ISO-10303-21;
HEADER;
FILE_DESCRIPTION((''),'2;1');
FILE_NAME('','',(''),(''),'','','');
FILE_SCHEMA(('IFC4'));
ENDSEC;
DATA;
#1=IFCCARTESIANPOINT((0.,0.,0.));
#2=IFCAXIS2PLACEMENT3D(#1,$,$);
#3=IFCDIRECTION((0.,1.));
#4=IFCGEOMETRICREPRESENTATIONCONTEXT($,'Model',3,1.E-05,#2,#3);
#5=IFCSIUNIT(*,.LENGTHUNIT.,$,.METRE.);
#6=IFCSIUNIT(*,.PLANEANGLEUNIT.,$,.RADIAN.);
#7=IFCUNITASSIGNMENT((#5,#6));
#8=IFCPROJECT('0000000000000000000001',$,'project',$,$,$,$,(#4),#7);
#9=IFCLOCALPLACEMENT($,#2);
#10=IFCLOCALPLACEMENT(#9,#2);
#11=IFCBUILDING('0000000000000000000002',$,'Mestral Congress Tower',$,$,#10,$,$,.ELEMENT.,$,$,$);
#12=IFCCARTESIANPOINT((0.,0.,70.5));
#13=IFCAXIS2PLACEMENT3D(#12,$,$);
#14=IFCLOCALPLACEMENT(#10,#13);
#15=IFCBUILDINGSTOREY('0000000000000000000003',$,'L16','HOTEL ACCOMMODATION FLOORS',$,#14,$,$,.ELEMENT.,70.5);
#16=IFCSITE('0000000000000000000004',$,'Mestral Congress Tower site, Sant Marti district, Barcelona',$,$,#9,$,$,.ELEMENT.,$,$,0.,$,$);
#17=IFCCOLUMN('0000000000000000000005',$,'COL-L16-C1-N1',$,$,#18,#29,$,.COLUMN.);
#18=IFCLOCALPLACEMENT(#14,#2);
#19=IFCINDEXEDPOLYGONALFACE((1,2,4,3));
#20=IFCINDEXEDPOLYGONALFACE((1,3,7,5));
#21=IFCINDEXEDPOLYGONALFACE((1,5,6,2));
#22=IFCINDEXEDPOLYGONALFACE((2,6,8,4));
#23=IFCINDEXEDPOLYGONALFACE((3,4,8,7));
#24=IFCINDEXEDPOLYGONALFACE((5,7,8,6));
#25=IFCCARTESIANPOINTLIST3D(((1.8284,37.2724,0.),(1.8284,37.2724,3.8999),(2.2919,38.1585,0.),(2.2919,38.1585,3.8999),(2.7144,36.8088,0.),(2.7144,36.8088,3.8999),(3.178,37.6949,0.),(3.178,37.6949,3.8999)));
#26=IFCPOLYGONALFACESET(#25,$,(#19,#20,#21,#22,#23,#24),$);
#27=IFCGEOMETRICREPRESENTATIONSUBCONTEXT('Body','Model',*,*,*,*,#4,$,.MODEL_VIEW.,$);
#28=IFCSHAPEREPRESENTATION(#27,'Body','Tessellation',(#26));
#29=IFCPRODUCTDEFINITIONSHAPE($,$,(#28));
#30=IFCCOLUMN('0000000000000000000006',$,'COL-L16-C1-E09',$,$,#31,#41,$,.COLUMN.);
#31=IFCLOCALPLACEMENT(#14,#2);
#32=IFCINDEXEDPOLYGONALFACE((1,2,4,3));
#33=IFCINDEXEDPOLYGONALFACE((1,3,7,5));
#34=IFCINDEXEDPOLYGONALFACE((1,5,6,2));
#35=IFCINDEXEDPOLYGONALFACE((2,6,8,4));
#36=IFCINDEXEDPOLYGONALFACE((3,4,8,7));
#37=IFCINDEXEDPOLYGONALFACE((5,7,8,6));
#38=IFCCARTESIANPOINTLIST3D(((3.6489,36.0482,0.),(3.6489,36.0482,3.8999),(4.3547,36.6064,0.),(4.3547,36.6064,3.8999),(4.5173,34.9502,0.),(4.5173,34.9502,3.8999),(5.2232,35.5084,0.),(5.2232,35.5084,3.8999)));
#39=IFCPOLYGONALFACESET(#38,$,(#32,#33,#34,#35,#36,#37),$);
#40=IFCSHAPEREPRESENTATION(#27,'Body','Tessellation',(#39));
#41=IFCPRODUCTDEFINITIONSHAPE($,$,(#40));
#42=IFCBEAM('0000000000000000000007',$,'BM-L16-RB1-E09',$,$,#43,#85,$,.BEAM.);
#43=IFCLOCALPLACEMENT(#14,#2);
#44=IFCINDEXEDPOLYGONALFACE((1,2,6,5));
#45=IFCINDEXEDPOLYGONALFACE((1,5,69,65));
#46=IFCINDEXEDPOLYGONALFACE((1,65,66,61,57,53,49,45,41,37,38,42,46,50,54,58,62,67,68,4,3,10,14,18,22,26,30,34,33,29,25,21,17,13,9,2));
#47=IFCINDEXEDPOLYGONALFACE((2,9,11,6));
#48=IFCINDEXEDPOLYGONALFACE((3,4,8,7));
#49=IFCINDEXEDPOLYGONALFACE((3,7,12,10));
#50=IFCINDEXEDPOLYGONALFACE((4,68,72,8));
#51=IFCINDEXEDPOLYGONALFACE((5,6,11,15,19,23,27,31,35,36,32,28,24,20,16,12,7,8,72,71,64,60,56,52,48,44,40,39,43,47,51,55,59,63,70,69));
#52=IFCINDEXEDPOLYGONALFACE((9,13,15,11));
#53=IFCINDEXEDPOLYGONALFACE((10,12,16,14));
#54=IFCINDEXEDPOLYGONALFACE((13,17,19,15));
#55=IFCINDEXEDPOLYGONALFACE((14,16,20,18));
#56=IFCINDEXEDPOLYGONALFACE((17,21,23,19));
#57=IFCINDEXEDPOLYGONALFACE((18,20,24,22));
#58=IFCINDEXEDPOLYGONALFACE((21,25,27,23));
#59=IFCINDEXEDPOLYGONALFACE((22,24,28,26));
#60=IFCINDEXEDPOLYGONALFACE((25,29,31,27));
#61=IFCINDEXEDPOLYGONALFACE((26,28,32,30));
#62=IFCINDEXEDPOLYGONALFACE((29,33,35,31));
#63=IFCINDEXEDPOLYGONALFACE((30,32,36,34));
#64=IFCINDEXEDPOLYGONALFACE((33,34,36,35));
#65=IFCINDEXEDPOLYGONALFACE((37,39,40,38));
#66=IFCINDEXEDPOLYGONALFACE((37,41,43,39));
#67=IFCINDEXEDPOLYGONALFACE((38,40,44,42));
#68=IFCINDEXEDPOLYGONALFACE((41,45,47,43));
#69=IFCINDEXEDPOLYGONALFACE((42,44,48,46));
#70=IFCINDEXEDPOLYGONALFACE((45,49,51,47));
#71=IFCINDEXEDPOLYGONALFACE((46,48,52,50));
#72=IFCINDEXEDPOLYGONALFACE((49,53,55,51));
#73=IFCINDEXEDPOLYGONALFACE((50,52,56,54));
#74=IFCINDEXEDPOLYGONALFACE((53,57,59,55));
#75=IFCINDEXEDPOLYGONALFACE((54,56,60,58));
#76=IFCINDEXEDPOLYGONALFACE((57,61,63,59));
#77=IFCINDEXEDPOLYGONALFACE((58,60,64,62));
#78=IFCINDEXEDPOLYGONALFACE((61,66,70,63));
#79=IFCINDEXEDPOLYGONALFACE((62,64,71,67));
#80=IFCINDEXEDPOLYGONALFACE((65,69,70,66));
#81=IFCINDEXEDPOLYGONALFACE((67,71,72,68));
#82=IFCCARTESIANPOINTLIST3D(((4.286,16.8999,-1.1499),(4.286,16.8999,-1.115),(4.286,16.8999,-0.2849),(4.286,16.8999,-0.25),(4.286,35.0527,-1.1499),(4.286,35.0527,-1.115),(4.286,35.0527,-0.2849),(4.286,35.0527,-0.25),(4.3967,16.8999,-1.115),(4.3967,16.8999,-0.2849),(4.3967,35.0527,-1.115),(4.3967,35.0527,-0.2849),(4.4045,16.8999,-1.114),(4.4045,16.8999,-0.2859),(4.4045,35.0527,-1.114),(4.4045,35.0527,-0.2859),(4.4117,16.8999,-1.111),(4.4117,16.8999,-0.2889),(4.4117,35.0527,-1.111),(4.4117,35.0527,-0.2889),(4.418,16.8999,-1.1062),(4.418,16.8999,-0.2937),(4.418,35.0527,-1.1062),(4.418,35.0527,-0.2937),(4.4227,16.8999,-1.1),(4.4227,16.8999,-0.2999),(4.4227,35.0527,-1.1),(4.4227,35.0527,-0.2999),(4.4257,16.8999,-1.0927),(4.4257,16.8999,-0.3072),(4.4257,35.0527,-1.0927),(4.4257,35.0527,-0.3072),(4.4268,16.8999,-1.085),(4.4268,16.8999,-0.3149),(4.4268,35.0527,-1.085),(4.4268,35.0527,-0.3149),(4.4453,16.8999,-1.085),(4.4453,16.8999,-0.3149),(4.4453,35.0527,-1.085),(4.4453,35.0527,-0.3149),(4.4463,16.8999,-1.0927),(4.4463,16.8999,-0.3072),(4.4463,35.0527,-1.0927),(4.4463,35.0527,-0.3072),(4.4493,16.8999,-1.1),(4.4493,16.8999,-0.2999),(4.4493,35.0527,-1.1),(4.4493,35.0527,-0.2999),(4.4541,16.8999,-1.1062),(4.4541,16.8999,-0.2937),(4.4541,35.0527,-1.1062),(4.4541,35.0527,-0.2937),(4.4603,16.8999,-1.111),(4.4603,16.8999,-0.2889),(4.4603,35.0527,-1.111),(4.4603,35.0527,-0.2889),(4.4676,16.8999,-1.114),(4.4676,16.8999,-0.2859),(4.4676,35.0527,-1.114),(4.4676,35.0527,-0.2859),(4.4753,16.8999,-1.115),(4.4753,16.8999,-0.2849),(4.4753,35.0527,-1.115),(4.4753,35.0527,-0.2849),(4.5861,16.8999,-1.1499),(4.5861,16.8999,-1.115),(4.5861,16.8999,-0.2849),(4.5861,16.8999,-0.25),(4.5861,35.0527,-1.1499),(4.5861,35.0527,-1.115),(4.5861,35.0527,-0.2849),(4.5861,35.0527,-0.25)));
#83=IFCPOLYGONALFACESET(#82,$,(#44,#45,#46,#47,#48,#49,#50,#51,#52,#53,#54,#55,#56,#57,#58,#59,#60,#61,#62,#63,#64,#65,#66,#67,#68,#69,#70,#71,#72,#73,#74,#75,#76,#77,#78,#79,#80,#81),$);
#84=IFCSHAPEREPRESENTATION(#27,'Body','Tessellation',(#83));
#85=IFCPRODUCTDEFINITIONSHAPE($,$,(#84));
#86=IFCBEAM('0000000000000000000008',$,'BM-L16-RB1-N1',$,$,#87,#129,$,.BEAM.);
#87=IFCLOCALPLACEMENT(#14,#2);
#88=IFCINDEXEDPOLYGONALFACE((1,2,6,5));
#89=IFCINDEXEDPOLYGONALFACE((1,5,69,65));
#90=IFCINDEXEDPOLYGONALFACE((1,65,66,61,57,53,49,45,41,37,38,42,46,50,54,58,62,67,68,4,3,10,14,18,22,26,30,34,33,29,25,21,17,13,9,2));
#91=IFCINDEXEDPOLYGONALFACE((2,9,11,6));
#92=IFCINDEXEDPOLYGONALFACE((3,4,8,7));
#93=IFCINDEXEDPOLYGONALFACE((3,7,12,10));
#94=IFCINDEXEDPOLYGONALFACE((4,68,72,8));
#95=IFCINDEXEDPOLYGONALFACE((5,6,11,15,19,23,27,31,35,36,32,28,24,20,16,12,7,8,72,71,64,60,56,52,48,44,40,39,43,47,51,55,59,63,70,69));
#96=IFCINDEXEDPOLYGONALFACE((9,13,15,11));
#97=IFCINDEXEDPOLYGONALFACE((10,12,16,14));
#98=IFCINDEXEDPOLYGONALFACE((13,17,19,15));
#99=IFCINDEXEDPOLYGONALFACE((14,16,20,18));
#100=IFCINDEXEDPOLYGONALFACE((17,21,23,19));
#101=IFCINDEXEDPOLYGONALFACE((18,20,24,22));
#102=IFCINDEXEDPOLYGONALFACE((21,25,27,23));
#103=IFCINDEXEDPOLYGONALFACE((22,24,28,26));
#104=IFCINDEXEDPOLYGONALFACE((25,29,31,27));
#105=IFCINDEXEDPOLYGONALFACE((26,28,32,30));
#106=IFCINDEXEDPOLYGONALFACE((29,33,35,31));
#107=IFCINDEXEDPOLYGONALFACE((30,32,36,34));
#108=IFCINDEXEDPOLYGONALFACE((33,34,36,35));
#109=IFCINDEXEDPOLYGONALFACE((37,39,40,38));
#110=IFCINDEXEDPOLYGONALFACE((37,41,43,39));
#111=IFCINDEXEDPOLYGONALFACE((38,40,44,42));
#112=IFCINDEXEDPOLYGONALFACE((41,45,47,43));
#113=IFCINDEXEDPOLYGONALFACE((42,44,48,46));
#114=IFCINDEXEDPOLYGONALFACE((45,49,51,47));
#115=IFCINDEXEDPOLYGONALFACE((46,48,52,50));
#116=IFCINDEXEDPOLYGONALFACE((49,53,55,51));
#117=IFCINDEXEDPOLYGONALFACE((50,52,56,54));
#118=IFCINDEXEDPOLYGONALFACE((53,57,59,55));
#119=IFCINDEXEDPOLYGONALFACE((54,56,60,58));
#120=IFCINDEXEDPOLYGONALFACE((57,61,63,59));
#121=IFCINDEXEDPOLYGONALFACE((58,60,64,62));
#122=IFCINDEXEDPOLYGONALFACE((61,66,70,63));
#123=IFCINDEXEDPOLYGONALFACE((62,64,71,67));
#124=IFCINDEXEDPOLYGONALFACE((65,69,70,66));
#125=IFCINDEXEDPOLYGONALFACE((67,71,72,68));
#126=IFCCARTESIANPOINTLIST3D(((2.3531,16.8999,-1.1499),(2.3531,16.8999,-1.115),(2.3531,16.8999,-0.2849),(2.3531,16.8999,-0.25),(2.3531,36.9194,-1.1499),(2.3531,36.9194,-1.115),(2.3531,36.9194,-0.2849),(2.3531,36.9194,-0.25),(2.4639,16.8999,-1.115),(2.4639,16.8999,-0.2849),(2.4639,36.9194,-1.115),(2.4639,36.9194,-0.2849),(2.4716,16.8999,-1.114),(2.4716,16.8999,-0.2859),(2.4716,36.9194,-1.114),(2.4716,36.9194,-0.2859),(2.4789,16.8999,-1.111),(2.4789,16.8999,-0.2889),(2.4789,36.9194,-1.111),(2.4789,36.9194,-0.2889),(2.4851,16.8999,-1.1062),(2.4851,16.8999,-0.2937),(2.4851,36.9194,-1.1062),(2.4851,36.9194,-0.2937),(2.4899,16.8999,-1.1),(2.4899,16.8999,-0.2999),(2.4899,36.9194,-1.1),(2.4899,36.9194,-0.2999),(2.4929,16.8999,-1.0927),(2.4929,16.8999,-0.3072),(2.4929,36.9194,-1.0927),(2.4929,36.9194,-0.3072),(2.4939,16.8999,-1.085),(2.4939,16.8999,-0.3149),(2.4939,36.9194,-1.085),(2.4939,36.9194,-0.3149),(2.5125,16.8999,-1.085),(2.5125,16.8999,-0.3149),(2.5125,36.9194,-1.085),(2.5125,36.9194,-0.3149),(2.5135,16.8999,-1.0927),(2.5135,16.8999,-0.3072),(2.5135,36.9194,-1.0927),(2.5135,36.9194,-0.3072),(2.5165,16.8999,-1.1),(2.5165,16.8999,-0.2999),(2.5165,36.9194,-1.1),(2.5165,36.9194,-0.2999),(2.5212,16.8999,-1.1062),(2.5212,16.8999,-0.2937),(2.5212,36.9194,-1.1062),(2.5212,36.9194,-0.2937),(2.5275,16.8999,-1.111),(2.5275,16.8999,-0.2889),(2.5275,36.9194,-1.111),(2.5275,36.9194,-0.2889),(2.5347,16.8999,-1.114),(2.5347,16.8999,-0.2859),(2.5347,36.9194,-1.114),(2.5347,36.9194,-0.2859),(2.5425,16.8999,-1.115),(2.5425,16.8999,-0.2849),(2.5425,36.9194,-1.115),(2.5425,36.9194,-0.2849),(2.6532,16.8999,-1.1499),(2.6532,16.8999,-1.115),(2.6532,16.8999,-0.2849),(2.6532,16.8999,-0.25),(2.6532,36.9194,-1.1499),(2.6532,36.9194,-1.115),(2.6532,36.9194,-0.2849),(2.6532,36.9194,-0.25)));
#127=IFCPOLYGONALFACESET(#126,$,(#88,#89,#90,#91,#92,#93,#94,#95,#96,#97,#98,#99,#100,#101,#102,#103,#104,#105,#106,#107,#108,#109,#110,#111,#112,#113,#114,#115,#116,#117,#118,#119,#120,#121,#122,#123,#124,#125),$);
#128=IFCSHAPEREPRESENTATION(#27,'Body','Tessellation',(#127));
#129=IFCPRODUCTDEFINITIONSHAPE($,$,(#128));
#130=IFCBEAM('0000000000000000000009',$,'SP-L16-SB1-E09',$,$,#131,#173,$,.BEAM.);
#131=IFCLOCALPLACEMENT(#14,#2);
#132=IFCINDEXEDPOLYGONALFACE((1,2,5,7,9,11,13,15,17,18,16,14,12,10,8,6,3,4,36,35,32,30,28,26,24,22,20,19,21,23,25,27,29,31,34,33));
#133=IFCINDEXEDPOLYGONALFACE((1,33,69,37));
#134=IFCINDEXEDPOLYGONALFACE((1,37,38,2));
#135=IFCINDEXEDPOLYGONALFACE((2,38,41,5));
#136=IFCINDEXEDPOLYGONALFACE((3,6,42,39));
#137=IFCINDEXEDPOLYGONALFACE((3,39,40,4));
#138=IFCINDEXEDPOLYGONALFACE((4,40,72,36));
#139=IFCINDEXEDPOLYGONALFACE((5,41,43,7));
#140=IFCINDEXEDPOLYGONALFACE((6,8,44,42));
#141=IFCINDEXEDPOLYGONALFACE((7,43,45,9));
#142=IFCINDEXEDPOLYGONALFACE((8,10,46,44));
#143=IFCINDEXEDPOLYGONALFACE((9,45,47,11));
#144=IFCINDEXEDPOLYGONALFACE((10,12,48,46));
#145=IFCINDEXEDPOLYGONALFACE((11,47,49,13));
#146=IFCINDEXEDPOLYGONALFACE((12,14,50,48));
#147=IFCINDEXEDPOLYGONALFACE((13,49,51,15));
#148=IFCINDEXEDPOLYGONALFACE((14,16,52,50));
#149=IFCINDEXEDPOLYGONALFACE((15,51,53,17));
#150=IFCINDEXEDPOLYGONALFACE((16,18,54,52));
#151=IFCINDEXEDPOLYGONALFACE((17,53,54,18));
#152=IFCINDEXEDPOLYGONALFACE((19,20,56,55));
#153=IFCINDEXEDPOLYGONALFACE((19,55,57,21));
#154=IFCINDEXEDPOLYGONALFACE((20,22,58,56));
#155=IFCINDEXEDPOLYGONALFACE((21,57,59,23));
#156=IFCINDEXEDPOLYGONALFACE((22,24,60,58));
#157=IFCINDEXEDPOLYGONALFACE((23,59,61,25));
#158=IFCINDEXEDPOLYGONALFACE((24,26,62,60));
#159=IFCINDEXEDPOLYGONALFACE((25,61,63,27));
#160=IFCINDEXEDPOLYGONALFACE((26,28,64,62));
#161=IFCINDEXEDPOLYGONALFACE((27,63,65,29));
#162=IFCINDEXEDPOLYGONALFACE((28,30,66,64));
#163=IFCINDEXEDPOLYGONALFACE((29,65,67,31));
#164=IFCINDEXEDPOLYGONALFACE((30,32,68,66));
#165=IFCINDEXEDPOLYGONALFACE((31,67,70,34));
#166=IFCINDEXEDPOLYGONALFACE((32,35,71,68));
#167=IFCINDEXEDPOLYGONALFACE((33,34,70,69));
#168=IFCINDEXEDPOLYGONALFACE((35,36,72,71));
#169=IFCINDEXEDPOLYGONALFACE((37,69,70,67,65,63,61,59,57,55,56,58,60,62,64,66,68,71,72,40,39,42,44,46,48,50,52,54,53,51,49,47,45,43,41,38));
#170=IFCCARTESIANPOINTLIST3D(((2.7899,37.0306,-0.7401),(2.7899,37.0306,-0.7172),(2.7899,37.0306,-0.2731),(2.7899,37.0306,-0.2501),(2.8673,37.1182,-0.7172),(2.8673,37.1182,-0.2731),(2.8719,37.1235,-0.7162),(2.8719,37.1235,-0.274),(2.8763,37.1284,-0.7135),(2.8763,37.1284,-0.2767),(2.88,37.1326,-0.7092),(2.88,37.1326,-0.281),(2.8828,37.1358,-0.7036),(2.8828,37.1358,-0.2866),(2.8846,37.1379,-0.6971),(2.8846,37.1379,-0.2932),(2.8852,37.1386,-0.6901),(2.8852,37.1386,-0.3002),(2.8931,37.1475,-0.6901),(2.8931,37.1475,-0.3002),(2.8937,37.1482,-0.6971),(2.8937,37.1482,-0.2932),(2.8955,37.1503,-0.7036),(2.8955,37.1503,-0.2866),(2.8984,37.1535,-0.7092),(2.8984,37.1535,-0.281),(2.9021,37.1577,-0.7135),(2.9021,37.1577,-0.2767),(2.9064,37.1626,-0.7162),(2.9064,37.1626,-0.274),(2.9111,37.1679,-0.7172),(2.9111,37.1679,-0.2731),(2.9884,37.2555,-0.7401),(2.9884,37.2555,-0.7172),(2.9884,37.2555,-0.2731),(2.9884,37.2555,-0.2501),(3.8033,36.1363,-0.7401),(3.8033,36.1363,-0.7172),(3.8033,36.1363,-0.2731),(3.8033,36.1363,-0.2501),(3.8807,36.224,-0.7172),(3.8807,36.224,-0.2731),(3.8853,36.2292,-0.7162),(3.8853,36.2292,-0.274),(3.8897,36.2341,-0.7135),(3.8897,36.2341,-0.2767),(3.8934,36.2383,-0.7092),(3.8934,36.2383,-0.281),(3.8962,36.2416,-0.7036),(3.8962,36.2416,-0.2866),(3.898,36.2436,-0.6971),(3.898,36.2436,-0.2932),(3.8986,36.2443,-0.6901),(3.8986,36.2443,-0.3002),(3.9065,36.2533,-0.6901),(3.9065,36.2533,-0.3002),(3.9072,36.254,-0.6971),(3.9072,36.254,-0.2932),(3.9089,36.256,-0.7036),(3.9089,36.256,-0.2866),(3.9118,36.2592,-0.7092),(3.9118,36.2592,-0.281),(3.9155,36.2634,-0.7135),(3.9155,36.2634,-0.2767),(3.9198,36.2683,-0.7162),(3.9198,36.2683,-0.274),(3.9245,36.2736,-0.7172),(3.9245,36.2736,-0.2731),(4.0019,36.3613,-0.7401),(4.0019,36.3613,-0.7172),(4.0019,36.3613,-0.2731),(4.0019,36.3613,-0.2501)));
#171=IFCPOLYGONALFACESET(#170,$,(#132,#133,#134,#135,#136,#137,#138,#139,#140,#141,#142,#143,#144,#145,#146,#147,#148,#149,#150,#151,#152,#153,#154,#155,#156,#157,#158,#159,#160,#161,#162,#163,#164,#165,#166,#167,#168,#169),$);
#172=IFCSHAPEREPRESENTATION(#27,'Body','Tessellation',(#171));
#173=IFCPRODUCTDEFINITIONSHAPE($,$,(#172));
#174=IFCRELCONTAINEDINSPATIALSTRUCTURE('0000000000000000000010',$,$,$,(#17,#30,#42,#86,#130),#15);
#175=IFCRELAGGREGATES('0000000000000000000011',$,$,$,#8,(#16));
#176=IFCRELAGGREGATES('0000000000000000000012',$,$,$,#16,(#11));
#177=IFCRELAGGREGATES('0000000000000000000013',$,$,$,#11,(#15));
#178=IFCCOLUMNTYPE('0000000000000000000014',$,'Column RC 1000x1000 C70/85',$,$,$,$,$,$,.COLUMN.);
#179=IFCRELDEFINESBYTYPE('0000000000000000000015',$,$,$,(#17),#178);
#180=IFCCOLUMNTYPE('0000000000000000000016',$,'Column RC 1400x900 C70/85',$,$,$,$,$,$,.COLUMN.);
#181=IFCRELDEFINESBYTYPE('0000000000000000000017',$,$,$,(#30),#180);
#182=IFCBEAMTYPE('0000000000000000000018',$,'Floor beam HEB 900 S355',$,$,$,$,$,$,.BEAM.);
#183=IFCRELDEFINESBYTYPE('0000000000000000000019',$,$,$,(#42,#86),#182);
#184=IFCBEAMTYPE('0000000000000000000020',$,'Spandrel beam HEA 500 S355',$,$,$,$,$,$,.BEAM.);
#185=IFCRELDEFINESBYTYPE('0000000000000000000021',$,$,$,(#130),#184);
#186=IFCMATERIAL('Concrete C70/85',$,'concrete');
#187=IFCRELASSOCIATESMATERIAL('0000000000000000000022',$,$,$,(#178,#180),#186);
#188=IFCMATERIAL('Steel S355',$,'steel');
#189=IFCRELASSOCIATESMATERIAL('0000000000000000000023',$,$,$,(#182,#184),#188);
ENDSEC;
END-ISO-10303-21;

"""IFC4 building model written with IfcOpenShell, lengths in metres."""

from ifc_helpers import new_model, si_unit, direction, frame, origin, origin_2d, place, context, subcontext, project, spatial, rectangle, i_section, extrude, material, material_profile, profile_set, type_object, element, save


model = new_model("IFC4")

# Units and contexts
model_context = context("Model", 3, precision=1e-05, world=origin(), true_north=direction((0.0, 1.0)))
body_context = subcontext(model_context, "Body", "Model", "MODEL_VIEW")
ifc_project = project(units=[si_unit("LENGTHUNIT", "METRE"), si_unit("PLANEANGLEUNIT", "RADIAN")], contexts=[model_context])

# Site, building, storey
site_placement = place(None, origin())
site = spatial("IfcSite", under=ifc_project, at=site_placement, Name="Mestral Congress Tower site, Sant Marti district, Barcelona", CompositionType="ELEMENT", RefElevation=0.0)
building_placement = place(site_placement, origin())
building = spatial("IfcBuilding", under=site, at=building_placement, Name="Mestral Congress Tower", CompositionType="ELEMENT")
storey_placement = place(building_placement, frame((0.0, 0.0, 70.5)))
storey = spatial("IfcBuildingStorey", under=building, at=storey_placement, Name="L16", Description="HOTEL ACCOMMODATION FLOORS", CompositionType="ELEMENT", Elevation=70.5)

# Columns
ifc_material_1 = material(Name="Concrete C70/85", Category="concrete")
ifc_material_profile_1 = material_profile(ifc_material_1, rectangle(XDim=1.0, YDim=1.0, at=origin_2d()), Name="RC 1000x1000")
ifc_profile_set_1 = profile_set([ifc_material_profile_1], Name="Concrete C70/85")
column_type_1 = type_object("IfcColumnType", Name="Column RC 1000x1000 C70/85", PredefinedType="COLUMN", material=ifc_profile_set_1)
column_1_placement = place(storey_placement, frame((2.5032, 37.4836, 0.0), z_axis=(0.0, 0.0, 1.0), x_axis=(-0.886068, 0.463556, 0.0)))
element("IfcColumn", 1, at=column_1_placement, inside=storey, type_object=column_type_1, Name="COL-L16-C1-N1", PredefinedType="COLUMN", context=body_context, shape_type="SweptSolid", body=[
    extrude(rectangle(XDim=1.0, YDim=1.0, at=origin_2d()), origin(), (0.0, 0.0, 1.0), 3.8999),
])
ifc_material_profile_2 = material_profile(ifc_material_1, rectangle(XDim=1.3999, YDim=0.8999, at=origin_2d()), Name="RC 1400x900")
ifc_profile_set_2 = profile_set([ifc_material_profile_2], Name="Concrete C70/85")
column_type_2 = type_object("IfcColumnType", Name="Column RC 1400x900 C70/85", PredefinedType="COLUMN", material=ifc_profile_set_2)
column_2_placement = place(storey_placement, frame((4.436, 35.7783, 0.0), z_axis=(0.0, 0.0, 1.0), x_axis=(-0.620334, 0.784338, 0.0)))
element("IfcColumn", 2, at=column_2_placement, inside=storey, type_object=column_type_2, Name="COL-L16-C1-E09", PredefinedType="COLUMN", context=body_context, shape_type="SweptSolid", body=[
    extrude(rectangle(XDim=1.3999, YDim=0.8999, at=origin_2d()), origin(), (0.0, 0.0, 1.0), 3.8999),
])

# Beams
ifc_material_2 = material(Name="Steel S355", Category="steel")
ifc_material_profile_3 = material_profile(ifc_material_2, i_section(OverallWidth=0.3, OverallDepth=0.8999, WebThickness=0.0186, FlangeThickness=0.0349, FilletRadius=0.03, at=origin_2d()), Name="HEB 900")
ifc_profile_set_3 = profile_set([ifc_material_profile_3], Name="Steel S355")
beam_type_1 = type_object("IfcBeamType", Name="Floor beam HEB 900 S355", PredefinedType="BEAM", material=ifc_profile_set_3)
beam_1_placement = place(storey_placement, frame((4.436, 35.0527, -0.7), z_axis=(0.0, -1.0, 0.0), x_axis=(1.0, 0.0, 0.0)))
element("IfcBeam", 3, at=beam_1_placement, inside=storey, type_object=beam_type_1, Name="BM-L16-RB1-E09", PredefinedType="BEAM", context=body_context, shape_type="SweptSolid", body=[
    extrude(i_section(OverallWidth=0.3, OverallDepth=0.8999, WebThickness=0.0186, FlangeThickness=0.0349, FilletRadius=0.03, at=origin_2d()), origin(), (0.0, 0.0, 1.0), 18.1528),
])
beam_2_placement = place(storey_placement, frame((2.5032, 36.9194, -0.7), z_axis=(0.0, -1.0, 0.0), x_axis=(1.0, 0.0, 0.0)))
element("IfcBeam", 4, at=beam_2_placement, inside=storey, type_object=beam_type_1, Name="BM-L16-RB1-N1", PredefinedType="BEAM", context=body_context, shape_type="SweptSolid", body=[
    extrude(i_section(OverallWidth=0.3, OverallDepth=0.8999, WebThickness=0.0186, FlangeThickness=0.0349, FilletRadius=0.03, at=origin_2d()), origin(), (0.0, 0.0, 1.0), 20.0195),
])
ifc_material_profile_4 = material_profile(ifc_material_2, i_section(OverallWidth=0.3, OverallDepth=0.49, WebThickness=0.012, FlangeThickness=0.0229, FilletRadius=0.0271, at=origin_2d()), Name="HEA 500")
ifc_profile_set_4 = profile_set([ifc_material_profile_4], Name="Steel S355")
beam_type_2 = type_object("IfcBeamType", Name="Spandrel beam HEA 500 S355", PredefinedType="BEAM", material=ifc_profile_set_4)
beam_3_placement = place(storey_placement, frame((3.9026, 36.2488, -0.4951), z_axis=(-0.749806, 0.661657, 0.0), x_axis=(-0.661657, -0.749806, 0.0)))
element("IfcBeam", 5, at=beam_3_placement, inside=storey, type_object=beam_type_2, Name="SP-L16-SB1-E09", PredefinedType="BEAM", context=body_context, shape_type="SweptSolid", body=[
    extrude(i_section(OverallWidth=0.3, OverallDepth=0.49, WebThickness=0.012, FlangeThickness=0.0229, FilletRadius=0.0271, at=origin_2d()), origin(), (0.0, 0.0, 1.0), 1.3516),
])

save(model, "model.ifc")
